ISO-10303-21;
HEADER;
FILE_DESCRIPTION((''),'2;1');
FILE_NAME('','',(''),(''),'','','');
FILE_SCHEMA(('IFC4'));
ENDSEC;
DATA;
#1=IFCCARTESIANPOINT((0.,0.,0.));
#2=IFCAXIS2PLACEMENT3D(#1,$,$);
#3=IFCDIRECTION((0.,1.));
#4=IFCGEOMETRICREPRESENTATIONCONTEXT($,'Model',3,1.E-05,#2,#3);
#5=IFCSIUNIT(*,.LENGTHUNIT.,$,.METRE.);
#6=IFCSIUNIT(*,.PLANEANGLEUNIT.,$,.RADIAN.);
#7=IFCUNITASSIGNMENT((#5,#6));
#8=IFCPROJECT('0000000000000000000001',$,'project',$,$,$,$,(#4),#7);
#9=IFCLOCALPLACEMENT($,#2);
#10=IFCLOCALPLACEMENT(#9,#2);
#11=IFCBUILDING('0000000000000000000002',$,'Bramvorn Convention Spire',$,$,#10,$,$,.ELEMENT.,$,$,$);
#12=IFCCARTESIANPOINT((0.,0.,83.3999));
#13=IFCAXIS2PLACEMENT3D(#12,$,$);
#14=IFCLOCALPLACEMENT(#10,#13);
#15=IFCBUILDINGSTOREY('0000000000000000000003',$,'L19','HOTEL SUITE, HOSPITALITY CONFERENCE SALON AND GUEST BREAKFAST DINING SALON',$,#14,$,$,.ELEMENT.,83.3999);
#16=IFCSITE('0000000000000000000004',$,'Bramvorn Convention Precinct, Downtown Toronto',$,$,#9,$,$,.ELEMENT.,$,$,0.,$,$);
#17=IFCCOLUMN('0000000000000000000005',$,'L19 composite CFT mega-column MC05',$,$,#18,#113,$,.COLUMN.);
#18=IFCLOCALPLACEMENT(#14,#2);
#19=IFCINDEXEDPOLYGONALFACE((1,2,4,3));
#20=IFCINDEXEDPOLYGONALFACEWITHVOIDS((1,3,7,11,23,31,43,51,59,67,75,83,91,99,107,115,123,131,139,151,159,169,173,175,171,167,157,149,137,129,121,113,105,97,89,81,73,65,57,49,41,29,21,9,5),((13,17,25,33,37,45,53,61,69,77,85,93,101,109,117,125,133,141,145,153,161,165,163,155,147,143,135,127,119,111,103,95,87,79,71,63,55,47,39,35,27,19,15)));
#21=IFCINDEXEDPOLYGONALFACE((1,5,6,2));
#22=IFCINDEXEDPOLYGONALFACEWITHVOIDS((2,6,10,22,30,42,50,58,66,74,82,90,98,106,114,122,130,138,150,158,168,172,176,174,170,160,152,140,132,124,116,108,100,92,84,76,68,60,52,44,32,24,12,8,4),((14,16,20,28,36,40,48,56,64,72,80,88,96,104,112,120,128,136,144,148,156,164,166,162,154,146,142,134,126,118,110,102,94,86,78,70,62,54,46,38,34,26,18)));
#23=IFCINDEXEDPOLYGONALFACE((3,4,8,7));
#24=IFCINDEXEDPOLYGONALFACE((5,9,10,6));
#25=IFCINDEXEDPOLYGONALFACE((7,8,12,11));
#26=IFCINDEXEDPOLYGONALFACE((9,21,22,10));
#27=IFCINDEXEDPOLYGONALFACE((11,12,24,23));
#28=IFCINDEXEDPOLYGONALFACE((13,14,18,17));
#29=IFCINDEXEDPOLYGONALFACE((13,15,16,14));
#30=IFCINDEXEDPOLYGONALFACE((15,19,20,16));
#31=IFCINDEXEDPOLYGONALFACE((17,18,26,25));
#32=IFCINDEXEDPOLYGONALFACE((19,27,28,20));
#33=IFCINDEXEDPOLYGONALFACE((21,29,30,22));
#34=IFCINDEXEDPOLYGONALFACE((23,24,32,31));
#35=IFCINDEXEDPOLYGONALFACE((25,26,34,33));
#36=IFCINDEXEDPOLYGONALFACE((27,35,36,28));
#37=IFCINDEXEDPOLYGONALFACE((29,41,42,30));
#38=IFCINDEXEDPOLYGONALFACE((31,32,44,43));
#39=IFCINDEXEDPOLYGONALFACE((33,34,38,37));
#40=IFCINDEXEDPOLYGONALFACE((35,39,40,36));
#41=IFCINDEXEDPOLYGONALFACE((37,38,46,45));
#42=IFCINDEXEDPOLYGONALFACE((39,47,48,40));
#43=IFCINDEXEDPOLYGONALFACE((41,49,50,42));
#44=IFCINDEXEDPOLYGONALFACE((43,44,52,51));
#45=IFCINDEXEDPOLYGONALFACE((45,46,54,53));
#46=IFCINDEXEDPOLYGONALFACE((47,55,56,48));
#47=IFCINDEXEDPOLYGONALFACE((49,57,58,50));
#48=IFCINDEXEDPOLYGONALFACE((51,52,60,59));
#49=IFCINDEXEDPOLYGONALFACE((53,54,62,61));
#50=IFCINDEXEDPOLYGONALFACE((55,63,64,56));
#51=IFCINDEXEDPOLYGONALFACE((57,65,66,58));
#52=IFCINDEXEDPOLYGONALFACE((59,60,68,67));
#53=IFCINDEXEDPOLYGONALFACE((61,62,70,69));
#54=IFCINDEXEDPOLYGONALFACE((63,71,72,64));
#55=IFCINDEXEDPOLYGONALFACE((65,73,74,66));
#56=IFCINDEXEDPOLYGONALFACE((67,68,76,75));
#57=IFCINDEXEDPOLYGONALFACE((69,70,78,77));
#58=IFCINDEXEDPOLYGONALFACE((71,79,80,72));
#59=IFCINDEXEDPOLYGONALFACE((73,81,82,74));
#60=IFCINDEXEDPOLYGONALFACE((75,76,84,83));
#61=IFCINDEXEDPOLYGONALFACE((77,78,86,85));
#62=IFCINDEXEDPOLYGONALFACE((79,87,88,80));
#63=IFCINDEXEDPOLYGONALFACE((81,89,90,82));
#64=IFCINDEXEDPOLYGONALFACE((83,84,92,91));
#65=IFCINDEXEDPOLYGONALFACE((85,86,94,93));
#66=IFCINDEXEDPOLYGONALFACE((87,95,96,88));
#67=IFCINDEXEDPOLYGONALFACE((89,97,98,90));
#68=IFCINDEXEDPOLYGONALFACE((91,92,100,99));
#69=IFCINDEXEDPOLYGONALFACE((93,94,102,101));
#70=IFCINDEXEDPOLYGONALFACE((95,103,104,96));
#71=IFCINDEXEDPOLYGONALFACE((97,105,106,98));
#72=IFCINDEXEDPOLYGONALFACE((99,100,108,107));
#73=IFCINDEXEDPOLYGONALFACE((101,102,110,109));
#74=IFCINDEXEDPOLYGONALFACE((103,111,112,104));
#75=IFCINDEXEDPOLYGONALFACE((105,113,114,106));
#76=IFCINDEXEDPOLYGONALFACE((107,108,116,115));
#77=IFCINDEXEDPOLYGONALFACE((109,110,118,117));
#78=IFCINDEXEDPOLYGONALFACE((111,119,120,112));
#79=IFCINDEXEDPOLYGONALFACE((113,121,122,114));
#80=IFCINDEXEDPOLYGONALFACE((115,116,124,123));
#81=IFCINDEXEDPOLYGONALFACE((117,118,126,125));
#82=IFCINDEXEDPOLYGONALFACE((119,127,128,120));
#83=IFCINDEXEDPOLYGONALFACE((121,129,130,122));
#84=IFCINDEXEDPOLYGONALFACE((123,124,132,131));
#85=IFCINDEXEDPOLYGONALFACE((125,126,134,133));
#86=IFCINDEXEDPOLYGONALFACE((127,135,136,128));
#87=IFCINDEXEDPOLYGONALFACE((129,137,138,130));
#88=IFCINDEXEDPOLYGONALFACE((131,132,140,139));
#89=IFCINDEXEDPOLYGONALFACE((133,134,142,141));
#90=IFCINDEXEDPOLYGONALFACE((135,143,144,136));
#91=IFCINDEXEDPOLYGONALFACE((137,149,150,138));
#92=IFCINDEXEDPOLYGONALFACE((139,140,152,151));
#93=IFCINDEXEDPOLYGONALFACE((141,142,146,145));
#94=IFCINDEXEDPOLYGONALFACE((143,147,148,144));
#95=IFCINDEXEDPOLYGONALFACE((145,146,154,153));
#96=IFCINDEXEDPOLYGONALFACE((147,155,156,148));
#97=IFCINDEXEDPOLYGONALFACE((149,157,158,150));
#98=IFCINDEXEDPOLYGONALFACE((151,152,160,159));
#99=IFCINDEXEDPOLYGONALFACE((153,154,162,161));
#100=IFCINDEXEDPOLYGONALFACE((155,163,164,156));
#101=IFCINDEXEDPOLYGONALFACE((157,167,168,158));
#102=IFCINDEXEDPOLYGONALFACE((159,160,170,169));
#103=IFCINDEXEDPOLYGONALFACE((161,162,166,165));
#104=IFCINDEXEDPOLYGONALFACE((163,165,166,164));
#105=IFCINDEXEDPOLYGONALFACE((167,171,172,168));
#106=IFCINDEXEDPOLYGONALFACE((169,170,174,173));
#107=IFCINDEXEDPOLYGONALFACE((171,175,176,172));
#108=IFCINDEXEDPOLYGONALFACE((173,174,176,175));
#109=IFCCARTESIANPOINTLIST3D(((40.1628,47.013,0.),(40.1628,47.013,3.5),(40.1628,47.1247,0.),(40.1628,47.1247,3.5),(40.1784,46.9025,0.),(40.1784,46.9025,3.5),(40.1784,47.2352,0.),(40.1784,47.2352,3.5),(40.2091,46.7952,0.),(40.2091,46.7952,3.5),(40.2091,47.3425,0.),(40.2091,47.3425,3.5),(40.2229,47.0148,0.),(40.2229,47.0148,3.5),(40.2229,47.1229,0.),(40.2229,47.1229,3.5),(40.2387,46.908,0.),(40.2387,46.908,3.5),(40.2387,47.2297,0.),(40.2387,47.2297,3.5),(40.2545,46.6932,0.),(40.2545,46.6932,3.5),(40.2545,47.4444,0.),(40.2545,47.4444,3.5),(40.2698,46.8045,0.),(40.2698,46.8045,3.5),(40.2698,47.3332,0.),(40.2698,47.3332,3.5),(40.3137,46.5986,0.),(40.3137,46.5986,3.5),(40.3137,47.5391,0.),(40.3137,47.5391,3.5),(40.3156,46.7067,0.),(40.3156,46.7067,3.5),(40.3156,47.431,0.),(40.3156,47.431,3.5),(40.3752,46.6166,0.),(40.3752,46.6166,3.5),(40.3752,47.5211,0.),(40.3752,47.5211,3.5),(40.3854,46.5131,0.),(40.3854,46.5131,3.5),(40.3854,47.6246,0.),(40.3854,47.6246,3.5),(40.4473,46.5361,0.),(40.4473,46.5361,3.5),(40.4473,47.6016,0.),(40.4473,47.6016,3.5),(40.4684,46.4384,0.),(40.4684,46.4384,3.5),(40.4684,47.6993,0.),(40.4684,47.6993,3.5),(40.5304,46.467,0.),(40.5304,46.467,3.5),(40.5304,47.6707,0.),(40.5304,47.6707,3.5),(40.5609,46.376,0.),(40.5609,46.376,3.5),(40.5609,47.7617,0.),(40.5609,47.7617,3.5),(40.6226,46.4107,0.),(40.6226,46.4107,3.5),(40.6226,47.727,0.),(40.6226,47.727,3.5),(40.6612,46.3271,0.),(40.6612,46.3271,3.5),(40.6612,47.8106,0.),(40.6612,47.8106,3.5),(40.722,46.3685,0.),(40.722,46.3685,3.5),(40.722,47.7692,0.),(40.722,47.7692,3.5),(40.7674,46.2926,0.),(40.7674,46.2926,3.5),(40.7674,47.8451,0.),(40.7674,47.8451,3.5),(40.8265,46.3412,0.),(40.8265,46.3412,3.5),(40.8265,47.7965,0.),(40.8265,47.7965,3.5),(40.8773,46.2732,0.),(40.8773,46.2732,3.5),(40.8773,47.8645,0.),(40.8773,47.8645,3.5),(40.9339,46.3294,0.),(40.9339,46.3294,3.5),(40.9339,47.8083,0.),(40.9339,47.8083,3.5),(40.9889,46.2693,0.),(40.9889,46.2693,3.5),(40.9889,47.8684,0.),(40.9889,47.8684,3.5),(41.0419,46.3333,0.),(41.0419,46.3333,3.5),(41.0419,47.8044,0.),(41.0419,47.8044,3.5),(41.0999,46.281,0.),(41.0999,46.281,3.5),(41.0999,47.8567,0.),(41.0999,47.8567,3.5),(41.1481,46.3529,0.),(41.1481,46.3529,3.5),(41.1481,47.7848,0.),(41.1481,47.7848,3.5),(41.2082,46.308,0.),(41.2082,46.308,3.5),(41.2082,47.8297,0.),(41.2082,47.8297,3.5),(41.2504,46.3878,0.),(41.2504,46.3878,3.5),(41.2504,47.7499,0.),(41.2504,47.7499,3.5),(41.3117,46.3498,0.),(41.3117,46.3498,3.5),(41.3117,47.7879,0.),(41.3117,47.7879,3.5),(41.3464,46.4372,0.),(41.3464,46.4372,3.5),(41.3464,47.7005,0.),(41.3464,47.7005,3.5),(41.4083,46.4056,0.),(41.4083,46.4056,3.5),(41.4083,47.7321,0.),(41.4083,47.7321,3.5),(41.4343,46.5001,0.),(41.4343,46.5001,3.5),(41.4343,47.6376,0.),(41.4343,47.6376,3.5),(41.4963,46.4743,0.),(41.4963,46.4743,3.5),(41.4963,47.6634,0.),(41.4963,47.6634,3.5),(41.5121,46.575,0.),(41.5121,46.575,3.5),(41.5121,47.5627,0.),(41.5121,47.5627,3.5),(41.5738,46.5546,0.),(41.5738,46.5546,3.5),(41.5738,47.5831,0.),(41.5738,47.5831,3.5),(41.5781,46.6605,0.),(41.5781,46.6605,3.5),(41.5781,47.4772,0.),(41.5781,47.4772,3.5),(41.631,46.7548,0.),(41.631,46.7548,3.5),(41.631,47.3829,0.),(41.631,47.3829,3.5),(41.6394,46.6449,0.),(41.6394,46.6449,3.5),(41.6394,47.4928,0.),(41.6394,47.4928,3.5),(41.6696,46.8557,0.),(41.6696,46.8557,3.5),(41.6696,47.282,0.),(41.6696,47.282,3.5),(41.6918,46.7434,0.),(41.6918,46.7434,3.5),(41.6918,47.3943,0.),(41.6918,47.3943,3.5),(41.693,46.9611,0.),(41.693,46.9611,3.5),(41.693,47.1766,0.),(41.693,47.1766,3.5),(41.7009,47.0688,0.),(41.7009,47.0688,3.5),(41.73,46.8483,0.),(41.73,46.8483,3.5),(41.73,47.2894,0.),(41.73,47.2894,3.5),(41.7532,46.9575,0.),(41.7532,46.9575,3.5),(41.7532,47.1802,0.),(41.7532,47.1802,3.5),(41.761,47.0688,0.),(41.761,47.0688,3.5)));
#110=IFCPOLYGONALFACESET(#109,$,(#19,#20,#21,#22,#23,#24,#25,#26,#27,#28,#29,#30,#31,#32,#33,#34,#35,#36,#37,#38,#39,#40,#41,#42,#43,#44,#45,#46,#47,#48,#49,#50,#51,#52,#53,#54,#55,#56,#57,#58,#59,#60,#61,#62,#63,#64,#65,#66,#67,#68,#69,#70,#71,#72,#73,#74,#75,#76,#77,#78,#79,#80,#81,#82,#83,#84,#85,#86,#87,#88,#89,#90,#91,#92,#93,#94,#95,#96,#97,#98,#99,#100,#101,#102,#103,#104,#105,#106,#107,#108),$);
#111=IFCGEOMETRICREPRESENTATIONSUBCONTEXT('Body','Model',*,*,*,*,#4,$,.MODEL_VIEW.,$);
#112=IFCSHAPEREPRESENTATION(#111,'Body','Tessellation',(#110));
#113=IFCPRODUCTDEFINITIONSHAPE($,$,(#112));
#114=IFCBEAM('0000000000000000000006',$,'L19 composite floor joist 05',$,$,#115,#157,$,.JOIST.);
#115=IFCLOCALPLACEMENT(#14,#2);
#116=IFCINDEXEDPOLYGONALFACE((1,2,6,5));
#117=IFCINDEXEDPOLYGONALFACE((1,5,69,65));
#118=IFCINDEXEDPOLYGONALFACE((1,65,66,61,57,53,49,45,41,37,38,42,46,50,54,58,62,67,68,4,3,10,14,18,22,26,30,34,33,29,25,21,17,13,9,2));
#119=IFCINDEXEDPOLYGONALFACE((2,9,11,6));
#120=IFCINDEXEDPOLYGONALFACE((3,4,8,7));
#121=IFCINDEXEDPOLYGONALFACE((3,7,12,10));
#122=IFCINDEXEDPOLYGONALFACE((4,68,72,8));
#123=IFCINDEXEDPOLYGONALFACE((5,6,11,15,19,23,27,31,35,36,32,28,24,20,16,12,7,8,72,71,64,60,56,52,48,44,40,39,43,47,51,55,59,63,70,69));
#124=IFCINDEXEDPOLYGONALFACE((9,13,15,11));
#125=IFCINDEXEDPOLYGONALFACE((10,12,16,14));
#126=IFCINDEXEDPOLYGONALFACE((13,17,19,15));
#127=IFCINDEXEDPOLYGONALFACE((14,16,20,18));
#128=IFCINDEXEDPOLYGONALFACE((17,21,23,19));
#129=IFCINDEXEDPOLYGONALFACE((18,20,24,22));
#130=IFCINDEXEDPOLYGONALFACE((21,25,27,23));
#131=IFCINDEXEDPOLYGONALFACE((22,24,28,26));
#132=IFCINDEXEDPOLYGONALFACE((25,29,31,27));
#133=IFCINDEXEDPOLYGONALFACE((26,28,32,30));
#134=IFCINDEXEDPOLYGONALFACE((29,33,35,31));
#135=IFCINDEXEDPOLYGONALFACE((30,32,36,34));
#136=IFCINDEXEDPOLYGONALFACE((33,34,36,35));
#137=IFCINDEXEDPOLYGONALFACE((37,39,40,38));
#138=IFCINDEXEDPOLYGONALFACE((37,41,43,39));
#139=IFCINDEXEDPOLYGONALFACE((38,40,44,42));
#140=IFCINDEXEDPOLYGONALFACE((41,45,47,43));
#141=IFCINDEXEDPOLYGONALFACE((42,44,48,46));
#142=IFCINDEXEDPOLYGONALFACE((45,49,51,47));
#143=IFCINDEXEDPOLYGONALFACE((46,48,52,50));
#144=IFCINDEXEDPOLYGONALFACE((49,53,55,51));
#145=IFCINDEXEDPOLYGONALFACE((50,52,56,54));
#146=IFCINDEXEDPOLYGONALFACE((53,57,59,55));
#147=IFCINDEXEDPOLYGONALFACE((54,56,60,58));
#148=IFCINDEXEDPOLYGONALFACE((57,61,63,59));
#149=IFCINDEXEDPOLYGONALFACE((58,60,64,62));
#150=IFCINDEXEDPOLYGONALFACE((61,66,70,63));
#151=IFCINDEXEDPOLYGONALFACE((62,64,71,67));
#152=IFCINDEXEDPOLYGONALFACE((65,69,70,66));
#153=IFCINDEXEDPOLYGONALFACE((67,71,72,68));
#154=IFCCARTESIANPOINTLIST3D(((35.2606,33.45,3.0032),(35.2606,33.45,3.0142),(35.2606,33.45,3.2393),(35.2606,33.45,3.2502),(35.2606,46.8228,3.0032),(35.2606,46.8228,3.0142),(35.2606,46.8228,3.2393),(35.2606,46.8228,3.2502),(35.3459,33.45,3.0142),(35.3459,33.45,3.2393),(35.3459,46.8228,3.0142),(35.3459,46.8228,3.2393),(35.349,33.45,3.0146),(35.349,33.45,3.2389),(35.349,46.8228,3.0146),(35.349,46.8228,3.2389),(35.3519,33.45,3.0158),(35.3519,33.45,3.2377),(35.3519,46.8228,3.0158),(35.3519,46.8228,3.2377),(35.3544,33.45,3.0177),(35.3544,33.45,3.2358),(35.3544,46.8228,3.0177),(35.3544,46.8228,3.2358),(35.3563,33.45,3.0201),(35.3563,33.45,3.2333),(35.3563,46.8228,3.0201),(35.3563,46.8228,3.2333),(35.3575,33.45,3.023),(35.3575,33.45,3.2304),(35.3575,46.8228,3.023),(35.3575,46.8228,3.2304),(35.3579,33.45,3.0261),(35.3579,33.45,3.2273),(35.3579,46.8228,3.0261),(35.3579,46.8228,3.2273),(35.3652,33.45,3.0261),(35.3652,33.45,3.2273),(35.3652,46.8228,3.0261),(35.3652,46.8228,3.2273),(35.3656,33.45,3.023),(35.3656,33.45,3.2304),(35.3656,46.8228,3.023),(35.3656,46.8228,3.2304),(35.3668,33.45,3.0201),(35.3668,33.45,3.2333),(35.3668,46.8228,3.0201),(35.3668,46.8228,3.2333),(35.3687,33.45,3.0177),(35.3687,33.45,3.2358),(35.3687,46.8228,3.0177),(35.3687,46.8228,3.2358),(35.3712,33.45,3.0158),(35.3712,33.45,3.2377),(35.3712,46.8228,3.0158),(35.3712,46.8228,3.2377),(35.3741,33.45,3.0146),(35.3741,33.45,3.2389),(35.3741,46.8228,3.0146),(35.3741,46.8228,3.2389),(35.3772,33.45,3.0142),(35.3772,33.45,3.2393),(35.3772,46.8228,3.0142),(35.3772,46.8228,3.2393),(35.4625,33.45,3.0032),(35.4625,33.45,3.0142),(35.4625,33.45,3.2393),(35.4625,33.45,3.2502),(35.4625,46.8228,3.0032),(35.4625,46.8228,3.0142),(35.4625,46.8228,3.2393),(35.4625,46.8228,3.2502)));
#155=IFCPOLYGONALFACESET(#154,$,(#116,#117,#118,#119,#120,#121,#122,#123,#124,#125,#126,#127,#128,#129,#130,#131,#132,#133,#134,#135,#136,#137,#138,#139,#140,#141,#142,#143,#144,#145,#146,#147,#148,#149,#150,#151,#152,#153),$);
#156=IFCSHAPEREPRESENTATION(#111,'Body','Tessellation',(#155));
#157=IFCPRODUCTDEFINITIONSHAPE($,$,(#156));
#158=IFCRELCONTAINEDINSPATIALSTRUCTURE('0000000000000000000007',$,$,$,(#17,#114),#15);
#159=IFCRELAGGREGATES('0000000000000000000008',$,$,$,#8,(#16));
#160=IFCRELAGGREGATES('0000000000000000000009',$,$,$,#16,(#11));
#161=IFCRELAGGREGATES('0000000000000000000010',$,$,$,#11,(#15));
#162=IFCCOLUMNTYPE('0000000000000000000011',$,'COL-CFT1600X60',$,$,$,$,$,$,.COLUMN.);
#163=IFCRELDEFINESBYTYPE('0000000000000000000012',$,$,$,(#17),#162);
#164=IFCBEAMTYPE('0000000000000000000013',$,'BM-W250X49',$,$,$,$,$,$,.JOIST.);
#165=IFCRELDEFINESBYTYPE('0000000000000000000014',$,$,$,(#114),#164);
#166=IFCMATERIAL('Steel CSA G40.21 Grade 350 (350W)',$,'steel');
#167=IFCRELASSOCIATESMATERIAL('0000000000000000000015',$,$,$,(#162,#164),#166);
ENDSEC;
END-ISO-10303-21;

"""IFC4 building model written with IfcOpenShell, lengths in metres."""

from ifc_helpers import new_model, si_unit, direction, frame, origin, origin_2d, place, context, subcontext, project, spatial, hollow_circle, i_section, extrude, material, material_profile, profile_set, type_object, element, save


model = new_model("IFC4")

# Units and contexts
model_context = context("Model", 3, precision=1e-05, world=origin(), true_north=direction((0.0, 1.0)))
body_context = subcontext(model_context, "Body", "Model", "MODEL_VIEW")
ifc_project = project(units=[si_unit("LENGTHUNIT", "METRE"), si_unit("PLANEANGLEUNIT", "RADIAN")], contexts=[model_context])

# Site, building, storey
site_placement = place(None, origin())
site = spatial("IfcSite", under=ifc_project, at=site_placement, Name="Bramvorn Convention Precinct, Downtown Toronto", CompositionType="ELEMENT", RefElevation=0.0)
building_placement = place(site_placement, origin())
building = spatial("IfcBuilding", under=site, at=building_placement, Name="Bramvorn Convention Spire", CompositionType="ELEMENT")
storey_placement = place(building_placement, frame((0.0, 0.0, 83.3999)))
storey = spatial("IfcBuildingStorey", under=building, at=storey_placement, Name="L19", Description="HOTEL SUITE, HOSPITALITY CONFERENCE SALON AND GUEST BREAKFAST DINING SALON", CompositionType="ELEMENT", Elevation=83.3999)

# Column
ifc_material_1 = material(Name="Steel CSA G40.21 Grade 350 (350W)", Category="steel")
ifc_material_profile_1 = material_profile(ifc_material_1, hollow_circle(Radius=0.8, WallThickness=0.0601, at=origin_2d()))
ifc_profile_set_1 = profile_set([ifc_material_profile_1], Name="Steel CSA G40.21 Grade 350 (350W) - CFT1600X60")
column_type = type_object("IfcColumnType", Name="COL-CFT1600X60", PredefinedType="COLUMN", material=ifc_profile_set_1)
column_placement = place(storey_placement, frame((40.9609, 47.0688, 0.0), z_axis=(0.0, 0.0, 1.0), x_axis=(1.0, 0.0, 0.0)))
element("IfcColumn", 1, at=column_placement, inside=storey, type_object=column_type, Name="L19 composite CFT mega-column MC05", PredefinedType="COLUMN", context=body_context, shape_type="SweptSolid", body=[
    extrude(hollow_circle(Radius=0.8, WallThickness=0.0601, at=origin_2d()), origin(), (0.0, 0.0, 1.0), 3.5),
])

# Beam
ifc_material_profile_2 = material_profile(ifc_material_1, i_section(OverallWidth=0.2019, OverallDepth=0.2471, WebThickness=0.0073, FlangeThickness=0.011, FilletRadius=0.012, at=origin_2d()))
ifc_profile_set_2 = profile_set([ifc_material_profile_2], Name="Steel CSA G40.21 Grade 350 (350W) - W250X49")
beam_type_1 = type_object("IfcBeamType", Name="BM-W250X49", PredefinedType="JOIST", material=ifc_profile_set_2)
beam_1_placement = place(storey_placement, frame((35.3616, 33.45, 3.1267), z_axis=(0.0, 1.0, 0.0), x_axis=(-1.0, 0.0, 0.0)))
element("IfcBeam", 2, at=beam_1_placement, inside=storey, type_object=beam_type_1, Name="L19 composite floor joist 05", PredefinedType="JOIST", context=body_context, shape_type="SweptSolid", body=[
    extrude(i_section(OverallWidth=0.2019, OverallDepth=0.2471, WebThickness=0.0073, FlangeThickness=0.011, FilletRadius=0.012, at=origin_2d()), origin(), (0.0, 0.0, 1.0), 13.3728),
])

save(model, "model.ifc")
